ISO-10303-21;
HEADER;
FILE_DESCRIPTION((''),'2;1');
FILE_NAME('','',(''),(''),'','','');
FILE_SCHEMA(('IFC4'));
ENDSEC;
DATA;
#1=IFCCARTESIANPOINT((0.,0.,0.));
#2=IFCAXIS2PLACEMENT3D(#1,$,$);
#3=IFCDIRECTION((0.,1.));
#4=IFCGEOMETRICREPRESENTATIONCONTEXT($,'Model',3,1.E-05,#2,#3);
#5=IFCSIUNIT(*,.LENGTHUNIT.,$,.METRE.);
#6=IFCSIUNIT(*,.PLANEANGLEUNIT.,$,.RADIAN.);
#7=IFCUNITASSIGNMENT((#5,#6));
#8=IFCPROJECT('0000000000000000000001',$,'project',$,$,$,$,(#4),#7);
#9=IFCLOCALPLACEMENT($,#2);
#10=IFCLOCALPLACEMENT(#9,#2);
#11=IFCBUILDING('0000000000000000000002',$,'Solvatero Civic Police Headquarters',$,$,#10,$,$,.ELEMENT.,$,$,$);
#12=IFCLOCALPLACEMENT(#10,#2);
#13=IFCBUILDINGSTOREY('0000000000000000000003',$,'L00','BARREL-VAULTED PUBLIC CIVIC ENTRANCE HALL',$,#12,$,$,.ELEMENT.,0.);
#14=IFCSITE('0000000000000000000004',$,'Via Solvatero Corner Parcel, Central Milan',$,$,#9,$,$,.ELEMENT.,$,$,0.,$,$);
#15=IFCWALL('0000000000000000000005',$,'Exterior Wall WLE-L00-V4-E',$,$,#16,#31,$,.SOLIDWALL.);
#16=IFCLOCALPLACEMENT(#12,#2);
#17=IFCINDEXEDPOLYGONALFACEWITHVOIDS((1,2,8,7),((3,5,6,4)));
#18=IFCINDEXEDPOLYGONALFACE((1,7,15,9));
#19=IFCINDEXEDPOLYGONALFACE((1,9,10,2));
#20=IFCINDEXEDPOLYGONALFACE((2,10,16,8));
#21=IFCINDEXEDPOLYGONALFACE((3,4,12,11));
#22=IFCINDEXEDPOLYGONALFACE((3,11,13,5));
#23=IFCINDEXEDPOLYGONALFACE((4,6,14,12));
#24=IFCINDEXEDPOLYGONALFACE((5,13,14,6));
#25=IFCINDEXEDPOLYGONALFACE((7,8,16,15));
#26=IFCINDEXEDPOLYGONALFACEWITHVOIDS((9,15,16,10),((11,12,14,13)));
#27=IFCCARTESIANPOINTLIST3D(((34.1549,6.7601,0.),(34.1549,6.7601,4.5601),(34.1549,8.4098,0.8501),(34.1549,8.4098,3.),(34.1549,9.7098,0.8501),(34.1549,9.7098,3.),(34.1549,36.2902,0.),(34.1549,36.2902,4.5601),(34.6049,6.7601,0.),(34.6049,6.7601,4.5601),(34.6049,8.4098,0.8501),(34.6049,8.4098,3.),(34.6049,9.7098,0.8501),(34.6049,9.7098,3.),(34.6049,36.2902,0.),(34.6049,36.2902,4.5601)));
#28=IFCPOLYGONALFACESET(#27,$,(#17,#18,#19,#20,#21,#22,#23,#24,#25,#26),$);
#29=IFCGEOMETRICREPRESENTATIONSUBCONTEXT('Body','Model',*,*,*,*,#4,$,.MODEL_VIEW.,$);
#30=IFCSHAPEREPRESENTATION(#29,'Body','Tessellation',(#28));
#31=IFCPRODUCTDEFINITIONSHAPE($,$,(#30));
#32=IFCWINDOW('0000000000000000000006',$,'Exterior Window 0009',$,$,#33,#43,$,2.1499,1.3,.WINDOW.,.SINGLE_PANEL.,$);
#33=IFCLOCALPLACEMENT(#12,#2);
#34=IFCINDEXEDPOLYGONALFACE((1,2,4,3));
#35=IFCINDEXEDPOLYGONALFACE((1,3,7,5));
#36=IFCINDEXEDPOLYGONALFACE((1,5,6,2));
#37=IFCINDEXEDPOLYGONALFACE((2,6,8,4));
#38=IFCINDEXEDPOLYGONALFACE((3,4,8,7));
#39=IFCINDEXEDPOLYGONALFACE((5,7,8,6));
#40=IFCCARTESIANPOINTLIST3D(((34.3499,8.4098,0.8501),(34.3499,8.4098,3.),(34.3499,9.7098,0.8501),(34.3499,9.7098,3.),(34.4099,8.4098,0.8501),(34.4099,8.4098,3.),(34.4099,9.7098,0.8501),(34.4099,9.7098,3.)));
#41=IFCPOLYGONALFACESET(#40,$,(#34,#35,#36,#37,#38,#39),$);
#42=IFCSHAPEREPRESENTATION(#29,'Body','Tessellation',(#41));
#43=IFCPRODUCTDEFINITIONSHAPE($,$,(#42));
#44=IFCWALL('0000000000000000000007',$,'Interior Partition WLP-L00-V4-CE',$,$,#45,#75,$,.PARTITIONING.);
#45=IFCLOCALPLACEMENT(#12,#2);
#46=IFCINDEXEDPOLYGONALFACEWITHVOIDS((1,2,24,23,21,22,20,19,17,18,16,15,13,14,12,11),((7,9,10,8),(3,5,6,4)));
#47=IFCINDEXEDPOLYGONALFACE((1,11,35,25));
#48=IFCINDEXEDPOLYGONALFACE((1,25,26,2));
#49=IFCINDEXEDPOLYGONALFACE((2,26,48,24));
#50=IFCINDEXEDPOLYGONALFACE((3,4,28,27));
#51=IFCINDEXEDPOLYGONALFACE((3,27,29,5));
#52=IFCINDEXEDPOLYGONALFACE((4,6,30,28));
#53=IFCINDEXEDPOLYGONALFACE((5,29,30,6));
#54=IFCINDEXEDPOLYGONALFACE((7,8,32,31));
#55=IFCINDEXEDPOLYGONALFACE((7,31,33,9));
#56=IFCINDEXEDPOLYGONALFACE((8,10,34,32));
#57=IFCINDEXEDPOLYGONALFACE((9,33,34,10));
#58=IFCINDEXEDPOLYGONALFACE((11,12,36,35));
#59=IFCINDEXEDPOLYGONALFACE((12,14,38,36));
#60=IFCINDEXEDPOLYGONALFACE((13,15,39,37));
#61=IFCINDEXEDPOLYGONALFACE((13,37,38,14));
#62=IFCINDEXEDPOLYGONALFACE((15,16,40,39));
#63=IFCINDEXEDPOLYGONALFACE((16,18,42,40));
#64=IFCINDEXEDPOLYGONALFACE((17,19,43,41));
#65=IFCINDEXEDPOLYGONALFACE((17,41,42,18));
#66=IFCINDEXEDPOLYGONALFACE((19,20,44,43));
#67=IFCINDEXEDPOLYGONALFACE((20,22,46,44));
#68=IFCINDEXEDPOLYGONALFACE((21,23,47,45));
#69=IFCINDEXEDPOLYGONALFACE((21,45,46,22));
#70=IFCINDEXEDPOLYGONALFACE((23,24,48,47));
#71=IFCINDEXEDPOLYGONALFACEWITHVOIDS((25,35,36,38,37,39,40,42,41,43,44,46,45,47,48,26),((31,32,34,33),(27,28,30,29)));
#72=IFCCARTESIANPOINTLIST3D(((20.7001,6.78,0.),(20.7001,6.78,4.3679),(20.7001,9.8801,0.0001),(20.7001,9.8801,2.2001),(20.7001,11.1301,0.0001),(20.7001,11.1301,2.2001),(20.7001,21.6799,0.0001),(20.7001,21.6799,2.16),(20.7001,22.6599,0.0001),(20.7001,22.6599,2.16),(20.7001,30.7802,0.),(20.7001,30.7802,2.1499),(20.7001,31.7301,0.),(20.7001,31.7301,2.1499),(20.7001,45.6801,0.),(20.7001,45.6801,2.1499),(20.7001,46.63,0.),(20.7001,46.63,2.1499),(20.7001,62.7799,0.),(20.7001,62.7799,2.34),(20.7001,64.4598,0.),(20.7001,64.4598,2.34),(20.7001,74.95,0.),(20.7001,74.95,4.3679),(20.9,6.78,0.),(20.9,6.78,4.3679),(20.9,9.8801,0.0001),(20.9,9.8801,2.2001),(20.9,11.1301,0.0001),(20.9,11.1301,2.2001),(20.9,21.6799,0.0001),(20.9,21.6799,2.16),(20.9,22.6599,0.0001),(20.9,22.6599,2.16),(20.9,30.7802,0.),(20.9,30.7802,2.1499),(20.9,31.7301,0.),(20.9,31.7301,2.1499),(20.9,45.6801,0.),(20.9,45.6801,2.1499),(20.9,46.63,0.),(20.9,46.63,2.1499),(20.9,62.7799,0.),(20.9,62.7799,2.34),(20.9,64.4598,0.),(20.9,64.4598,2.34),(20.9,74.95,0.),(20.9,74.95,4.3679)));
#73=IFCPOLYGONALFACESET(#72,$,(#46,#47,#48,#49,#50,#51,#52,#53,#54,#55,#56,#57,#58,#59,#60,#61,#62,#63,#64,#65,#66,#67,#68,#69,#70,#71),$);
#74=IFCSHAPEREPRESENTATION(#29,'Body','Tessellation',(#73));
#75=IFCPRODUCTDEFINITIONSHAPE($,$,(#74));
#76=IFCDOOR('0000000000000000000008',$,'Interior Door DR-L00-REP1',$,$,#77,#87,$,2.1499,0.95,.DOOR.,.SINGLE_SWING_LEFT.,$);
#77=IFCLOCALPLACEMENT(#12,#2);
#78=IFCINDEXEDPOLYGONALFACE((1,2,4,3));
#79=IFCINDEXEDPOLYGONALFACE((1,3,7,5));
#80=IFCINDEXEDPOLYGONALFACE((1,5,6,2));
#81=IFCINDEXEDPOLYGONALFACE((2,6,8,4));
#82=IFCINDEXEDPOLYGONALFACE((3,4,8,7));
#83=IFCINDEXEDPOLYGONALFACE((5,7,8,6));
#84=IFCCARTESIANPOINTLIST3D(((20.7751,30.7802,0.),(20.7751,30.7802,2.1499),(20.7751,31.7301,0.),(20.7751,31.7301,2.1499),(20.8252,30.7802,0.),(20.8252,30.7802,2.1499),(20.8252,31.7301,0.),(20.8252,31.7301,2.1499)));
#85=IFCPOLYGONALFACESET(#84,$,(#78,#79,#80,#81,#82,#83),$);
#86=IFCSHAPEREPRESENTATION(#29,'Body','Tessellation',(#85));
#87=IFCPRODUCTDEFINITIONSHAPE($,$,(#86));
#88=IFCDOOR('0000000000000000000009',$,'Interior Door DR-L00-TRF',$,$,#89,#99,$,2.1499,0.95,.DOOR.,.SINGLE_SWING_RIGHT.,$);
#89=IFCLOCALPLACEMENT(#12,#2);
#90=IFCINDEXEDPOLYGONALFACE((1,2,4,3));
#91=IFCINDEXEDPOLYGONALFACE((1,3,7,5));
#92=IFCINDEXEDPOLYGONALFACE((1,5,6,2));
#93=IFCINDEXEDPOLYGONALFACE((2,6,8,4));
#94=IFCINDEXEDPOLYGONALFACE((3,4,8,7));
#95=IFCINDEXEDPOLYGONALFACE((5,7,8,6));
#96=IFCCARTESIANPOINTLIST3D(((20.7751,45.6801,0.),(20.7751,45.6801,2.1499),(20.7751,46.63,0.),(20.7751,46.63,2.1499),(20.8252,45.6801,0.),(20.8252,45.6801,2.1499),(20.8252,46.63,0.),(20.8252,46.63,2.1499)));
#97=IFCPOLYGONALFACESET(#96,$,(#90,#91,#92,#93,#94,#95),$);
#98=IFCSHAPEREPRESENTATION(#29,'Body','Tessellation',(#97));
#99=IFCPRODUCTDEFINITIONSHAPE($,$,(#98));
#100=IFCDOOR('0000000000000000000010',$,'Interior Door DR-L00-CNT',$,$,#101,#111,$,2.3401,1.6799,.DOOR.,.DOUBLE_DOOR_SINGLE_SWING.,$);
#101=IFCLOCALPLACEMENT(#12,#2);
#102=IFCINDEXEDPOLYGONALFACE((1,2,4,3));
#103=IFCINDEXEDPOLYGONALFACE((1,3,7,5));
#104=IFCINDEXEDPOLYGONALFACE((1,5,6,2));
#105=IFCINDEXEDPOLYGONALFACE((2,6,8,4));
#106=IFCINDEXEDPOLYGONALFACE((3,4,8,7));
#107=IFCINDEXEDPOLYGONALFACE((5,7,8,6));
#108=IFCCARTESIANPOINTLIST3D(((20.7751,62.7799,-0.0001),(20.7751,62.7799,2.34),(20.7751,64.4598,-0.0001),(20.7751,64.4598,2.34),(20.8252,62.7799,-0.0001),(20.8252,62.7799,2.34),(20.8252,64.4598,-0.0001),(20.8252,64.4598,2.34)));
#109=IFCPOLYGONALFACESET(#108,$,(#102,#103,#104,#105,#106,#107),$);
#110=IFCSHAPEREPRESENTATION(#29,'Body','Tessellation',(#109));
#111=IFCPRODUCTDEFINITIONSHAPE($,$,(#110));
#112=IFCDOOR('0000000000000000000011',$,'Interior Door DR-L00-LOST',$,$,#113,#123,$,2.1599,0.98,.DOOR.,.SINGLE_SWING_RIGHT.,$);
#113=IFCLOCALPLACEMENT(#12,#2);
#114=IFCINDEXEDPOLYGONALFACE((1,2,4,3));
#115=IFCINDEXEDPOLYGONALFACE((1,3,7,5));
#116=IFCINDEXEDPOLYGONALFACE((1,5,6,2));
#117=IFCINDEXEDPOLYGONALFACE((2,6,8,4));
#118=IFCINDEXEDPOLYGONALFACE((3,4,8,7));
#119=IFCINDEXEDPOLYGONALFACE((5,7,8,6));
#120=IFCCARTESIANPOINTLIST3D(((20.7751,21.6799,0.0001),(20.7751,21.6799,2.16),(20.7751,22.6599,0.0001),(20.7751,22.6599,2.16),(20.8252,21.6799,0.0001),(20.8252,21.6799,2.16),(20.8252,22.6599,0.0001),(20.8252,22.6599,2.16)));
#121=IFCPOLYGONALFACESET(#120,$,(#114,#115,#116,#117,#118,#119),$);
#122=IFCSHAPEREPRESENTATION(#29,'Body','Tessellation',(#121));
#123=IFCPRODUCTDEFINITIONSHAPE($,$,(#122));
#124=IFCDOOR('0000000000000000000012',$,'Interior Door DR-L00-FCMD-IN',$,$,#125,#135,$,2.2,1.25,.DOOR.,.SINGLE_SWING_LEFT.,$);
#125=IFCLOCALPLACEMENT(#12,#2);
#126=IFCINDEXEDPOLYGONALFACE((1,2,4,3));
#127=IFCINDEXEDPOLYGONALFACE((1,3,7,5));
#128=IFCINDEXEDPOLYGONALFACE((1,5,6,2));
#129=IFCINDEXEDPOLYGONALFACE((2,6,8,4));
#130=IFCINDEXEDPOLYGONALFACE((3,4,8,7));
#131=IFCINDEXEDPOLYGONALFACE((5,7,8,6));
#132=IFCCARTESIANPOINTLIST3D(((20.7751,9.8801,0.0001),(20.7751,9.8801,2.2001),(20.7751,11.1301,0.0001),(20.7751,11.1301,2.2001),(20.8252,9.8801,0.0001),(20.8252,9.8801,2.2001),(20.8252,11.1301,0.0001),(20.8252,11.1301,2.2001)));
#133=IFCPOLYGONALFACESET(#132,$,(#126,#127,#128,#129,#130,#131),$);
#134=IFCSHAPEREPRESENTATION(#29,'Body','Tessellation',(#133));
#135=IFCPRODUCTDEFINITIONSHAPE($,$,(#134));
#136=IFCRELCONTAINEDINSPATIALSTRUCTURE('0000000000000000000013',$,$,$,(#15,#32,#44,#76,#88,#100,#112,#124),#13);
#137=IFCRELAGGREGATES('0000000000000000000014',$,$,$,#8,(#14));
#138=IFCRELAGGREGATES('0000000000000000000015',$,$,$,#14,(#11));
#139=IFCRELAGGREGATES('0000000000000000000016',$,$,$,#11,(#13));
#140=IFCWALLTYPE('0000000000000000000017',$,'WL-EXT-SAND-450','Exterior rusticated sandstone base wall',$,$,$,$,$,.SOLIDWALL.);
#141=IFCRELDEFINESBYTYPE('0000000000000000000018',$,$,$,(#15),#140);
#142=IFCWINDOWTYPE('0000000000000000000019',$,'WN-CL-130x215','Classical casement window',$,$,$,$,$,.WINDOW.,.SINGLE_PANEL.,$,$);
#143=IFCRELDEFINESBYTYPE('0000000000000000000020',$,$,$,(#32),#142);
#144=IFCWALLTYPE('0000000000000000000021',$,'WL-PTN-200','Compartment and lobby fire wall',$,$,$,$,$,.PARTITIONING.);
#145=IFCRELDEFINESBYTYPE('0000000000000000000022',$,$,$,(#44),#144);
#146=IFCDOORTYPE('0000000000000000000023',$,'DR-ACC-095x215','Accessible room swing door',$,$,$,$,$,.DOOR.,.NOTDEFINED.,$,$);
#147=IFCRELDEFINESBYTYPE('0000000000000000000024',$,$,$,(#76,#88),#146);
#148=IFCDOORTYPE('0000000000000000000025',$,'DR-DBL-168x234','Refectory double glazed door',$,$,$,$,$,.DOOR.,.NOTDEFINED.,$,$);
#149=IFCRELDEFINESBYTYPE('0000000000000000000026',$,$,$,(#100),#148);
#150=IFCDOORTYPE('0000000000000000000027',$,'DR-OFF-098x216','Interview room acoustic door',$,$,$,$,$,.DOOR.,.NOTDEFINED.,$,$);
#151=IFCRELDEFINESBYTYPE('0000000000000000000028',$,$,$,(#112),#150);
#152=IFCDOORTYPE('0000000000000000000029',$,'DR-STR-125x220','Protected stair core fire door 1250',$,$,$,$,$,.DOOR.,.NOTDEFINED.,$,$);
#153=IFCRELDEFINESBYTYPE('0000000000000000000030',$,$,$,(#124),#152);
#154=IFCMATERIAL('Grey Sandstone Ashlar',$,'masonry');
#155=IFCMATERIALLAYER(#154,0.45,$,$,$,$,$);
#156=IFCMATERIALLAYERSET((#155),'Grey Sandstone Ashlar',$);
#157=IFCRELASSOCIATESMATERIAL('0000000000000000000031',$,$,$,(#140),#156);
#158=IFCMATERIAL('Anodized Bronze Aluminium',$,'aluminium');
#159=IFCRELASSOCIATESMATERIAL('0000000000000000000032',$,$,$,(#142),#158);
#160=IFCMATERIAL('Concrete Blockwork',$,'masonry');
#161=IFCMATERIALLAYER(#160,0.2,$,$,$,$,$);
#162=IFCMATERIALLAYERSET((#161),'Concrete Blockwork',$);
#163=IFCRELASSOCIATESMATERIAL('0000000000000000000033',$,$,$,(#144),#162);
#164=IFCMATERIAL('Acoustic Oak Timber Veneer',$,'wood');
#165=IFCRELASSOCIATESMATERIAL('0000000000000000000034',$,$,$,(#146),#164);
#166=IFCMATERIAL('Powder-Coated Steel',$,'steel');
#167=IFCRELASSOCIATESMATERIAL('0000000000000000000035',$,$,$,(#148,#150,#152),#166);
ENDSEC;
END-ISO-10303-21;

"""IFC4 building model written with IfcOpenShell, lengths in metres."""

from ifc_helpers import new_model, si_unit, direction, frame, frame_2d, origin, place, context, subcontext, project, spatial, rectangle, extrude, material, layer, layer_set, type_object, element, fill, save


model = new_model("IFC4")

# Units and contexts
model_context = context("Model", 3, precision=1e-05, world=origin(), true_north=direction((0.0, 1.0)))
body_context = subcontext(model_context, "Body", "Model", "MODEL_VIEW")
ifc_project = project(units=[si_unit("LENGTHUNIT", "METRE"), si_unit("PLANEANGLEUNIT", "RADIAN")], contexts=[model_context])

# Site, building, storey
site_placement = place(None, origin())
site = spatial("IfcSite", under=ifc_project, at=site_placement, Name="Via Solvatero Corner Parcel, Central Milan", CompositionType="ELEMENT", RefElevation=0.0)
building_placement = place(site_placement, origin())
building = spatial("IfcBuilding", under=site, at=building_placement, Name="Solvatero Civic Police Headquarters", CompositionType="ELEMENT")
storey_placement = place(building_placement, origin())
storey = spatial("IfcBuildingStorey", under=building, at=storey_placement, Name="L00", Description="BARREL-VAULTED PUBLIC CIVIC ENTRANCE HALL", CompositionType="ELEMENT", Elevation=0.0)

# Wall, opening, window
ifc_material_1 = material(Name="Grey Sandstone Ashlar", Category="masonry")
ifc_layer_1 = layer(ifc_material_1, 0.45)
ifc_layer_set_1 = layer_set([ifc_layer_1], Name="Grey Sandstone Ashlar")
wall_type_1 = type_object("IfcWallType", Name="WL-EXT-SAND-450", Description="Exterior rusticated sandstone base wall", PredefinedType="SOLIDWALL", material=ifc_layer_set_1)
wall_1_placement = place(storey_placement, frame((34.3799, 6.76, 0.0), z_axis=(0.0, 0.0, 1.0), x_axis=(0.0, 1.0, 0.0)))
wall_1 = element("IfcWall", 1, at=wall_1_placement, inside=storey, type_object=wall_type_1, Name="Exterior Wall WLE-L00-V4-E", PredefinedType="SOLIDWALL", context=body_context, shape_type="SweptSolid", body=[
    extrude(rectangle(XDim=29.53, YDim=0.45, at=frame_2d((14.7651, 0.0))), origin(), (0.0, 0.0, 1.0), 4.5601),
])
opening_1_placement = place(wall_1_placement, frame((1.6499, 0.0, 0.8501)))
opening_1 = element("IfcOpeningElement", 2, at=opening_1_placement, cuts=wall_1, PredefinedType="OPENING", context=body_context, shape_type="SweptSolid", body=[
    extrude(rectangle(XDim=1.3, YDim=2.1499, at=frame_2d((0.6499, 1.075))), frame((0.0, 0.2349, 0.0), z_axis=(0.0, -1.0, 0.0), x_axis=(1.0, 0.0, 0.0)), (0.0, 0.0, 1.0), 0.47),
])
ifc_material_2 = material(Name="Anodized Bronze Aluminium", Category="aluminium")
window_type = type_object("IfcWindowType", Name="WN-CL-130x215", Description="Classical casement window", PartitioningType="SINGLE_PANEL", PredefinedType="WINDOW", material=ifc_material_2)
window_placement = place(opening_1_placement, origin())
window = element("IfcWindow", 3, at=window_placement, inside=storey, type_object=window_type, Name="Exterior Window 0009", OverallHeight=2.1499, OverallWidth=1.3, PartitioningType="SINGLE_PANEL", PredefinedType="WINDOW", context=body_context, shape_type="SweptSolid", body=[
    extrude(rectangle(XDim=1.3, YDim=2.1499, at=frame_2d((0.6499, 1.075))), frame((0.0, 0.03, 0.0), z_axis=(0.0, -1.0, 0.0), x_axis=(1.0, 0.0, 0.0)), (0.0, 0.0, 1.0), 0.0601),
])
fill(opening_1, window)

# Wall, openings, doors
ifc_material_3 = material(Name="Concrete Blockwork", Category="masonry")
ifc_layer_2 = layer(ifc_material_3, 0.2)
ifc_layer_set_2 = layer_set([ifc_layer_2], Name="Concrete Blockwork")
wall_type_2 = type_object("IfcWallType", Name="WL-PTN-200", Description="Compartment and lobby fire wall", PredefinedType="PARTITIONING", material=ifc_layer_set_2)
wall_2_placement = place(storey_placement, frame((20.8, 6.78, 0.0), z_axis=(0.0, 0.0, 1.0), x_axis=(0.0, 1.0, 0.0)))
wall_2 = element("IfcWall", 4, at=wall_2_placement, inside=storey, type_object=wall_type_2, Name="Interior Partition WLP-L00-V4-CE", PredefinedType="PARTITIONING", context=body_context, shape_type="SweptSolid", body=[
    extrude(rectangle(XDim=68.1699, YDim=0.2, at=frame_2d((34.085, 0.0))), origin(), (0.0, 0.0, 1.0), 4.3679),
])
opening_2_placement = place(wall_2_placement, frame((3.1001, 0.0, 0.0)))
opening_2 = element("IfcOpeningElement", 5, at=opening_2_placement, cuts=wall_2, PredefinedType="OPENING", context=body_context, shape_type="SweptSolid", body=[
    extrude(rectangle(XDim=1.25, YDim=2.2, at=frame_2d((0.625, 1.1001))), frame((0.0, 0.1099, 0.0), z_axis=(0.0, -1.0, 0.0), x_axis=(1.0, 0.0, 0.0)), (0.0, 0.0, 1.0), 0.22),
])
opening_3_placement = place(wall_2_placement, frame((14.8999, 0.0, 0.0)))
opening_3 = element("IfcOpeningElement", 6, at=opening_3_placement, cuts=wall_2, PredefinedType="OPENING", context=body_context, shape_type="SweptSolid", body=[
    extrude(rectangle(XDim=0.98, YDim=2.1599, at=frame_2d((0.49, 1.0801))), frame((0.0, 0.1099, 0.0), z_axis=(0.0, -1.0, 0.0), x_axis=(1.0, 0.0, 0.0)), (0.0, 0.0, 1.0), 0.22),
])
opening_4_placement = place(wall_2_placement, frame((24.0, 0.0, 0.0)))
opening_4 = element("IfcOpeningElement", 7, at=opening_4_placement, cuts=wall_2, PredefinedType="OPENING", context=body_context, shape_type="SweptSolid", body=[
    extrude(rectangle(XDim=0.95, YDim=2.1499, at=frame_2d((0.4751, 1.075))), frame((0.0, 0.1099, 0.0), z_axis=(0.0, -1.0, 0.0), x_axis=(1.0, 0.0, 0.0)), (0.0, 0.0, 1.0), 0.22),
])
opening_5_placement = place(wall_2_placement, frame((38.8999, 0.0, 0.0)))
opening_5 = element("IfcOpeningElement", 8, at=opening_5_placement, cuts=wall_2, PredefinedType="OPENING", context=body_context, shape_type="SweptSolid", body=[
    extrude(rectangle(XDim=0.95, YDim=2.1499, at=frame_2d((0.4751, 1.075))), frame((0.0, 0.1099, 0.0), z_axis=(0.0, -1.0, 0.0), x_axis=(1.0, 0.0, 0.0)), (0.0, 0.0, 1.0), 0.22),
])
opening_6_placement = place(wall_2_placement, frame((56.0, 0.0, 0.0)))
opening_6 = element("IfcOpeningElement", 9, at=opening_6_placement, cuts=wall_2, PredefinedType="OPENING", context=body_context, shape_type="SweptSolid", body=[
    extrude(rectangle(XDim=1.6799, YDim=2.3401, at=frame_2d((0.8398, 1.1699))), frame((0.0, 0.1099, 0.0), z_axis=(0.0, -1.0, 0.0), x_axis=(1.0, 0.0, 0.0)), (0.0, 0.0, 1.0), 0.22),
])
ifc_material_4 = material(Name="Acoustic Oak Timber Veneer", Category="wood")
door_type_1 = type_object("IfcDoorType", Name="DR-ACC-095x215", Description="Accessible room swing door", OperationType="NOTDEFINED", PredefinedType="DOOR", material=ifc_material_4)
door_1_placement = place(opening_4_placement, origin())
door_1 = element("IfcDoor", 10, at=door_1_placement, inside=storey, type_object=door_type_1, Name="Interior Door DR-L00-REP1", OperationType="SINGLE_SWING_LEFT", OverallHeight=2.1499, OverallWidth=0.95, PredefinedType="DOOR", context=body_context, shape_type="SweptSolid", body=[
    extrude(rectangle(XDim=0.95, YDim=2.1499, at=frame_2d((0.4751, 1.075))), frame((0.0, 0.0249, 0.0), z_axis=(0.0, -1.0, 0.0), x_axis=(1.0, 0.0, 0.0)), (0.0, 0.0, 1.0), 0.05),
])
fill(opening_4, door_1)
door_2_placement = place(opening_5_placement, origin())
door_2 = element("IfcDoor", 11, at=door_2_placement, inside=storey, type_object=door_type_1, Name="Interior Door DR-L00-TRF", OperationType="SINGLE_SWING_RIGHT", OverallHeight=2.1499, OverallWidth=0.95, PredefinedType="DOOR", context=body_context, shape_type="SweptSolid", body=[
    extrude(rectangle(XDim=0.95, YDim=2.1499, at=frame_2d((0.4751, 1.075))), frame((0.0, 0.0249, 0.0), z_axis=(0.0, -1.0, 0.0), x_axis=(1.0, 0.0, 0.0)), (0.0, 0.0, 1.0), 0.05),
])
fill(opening_5, door_2)
ifc_material_5 = material(Name="Powder-Coated Steel", Category="steel")
door_type_2 = type_object("IfcDoorType", Name="DR-DBL-168x234", Description="Refectory double glazed door", OperationType="NOTDEFINED", PredefinedType="DOOR", material=ifc_material_5)
door_3_placement = place(opening_6_placement, origin())
door_3 = element("IfcDoor", 12, at=door_3_placement, inside=storey, type_object=door_type_2, Name="Interior Door DR-L00-CNT", OperationType="DOUBLE_DOOR_SINGLE_SWING", OverallHeight=2.3401, OverallWidth=1.6799, PredefinedType="DOOR", context=body_context, shape_type="SweptSolid", body=[
    extrude(rectangle(XDim=1.6799, YDim=2.3401, at=frame_2d((0.8398, 1.1699))), frame((0.0, 0.0249, 0.0), z_axis=(0.0, -1.0, 0.0), x_axis=(1.0, 0.0, 0.0)), (0.0, 0.0, 1.0), 0.05),
])
fill(opening_6, door_3)
door_type_3 = type_object("IfcDoorType", Name="DR-OFF-098x216", Description="Interview room acoustic door", OperationType="NOTDEFINED", PredefinedType="DOOR", material=ifc_material_5)
door_4_placement = place(opening_3_placement, origin())
door_4 = element("IfcDoor", 13, at=door_4_placement, inside=storey, type_object=door_type_3, Name="Interior Door DR-L00-LOST", OperationType="SINGLE_SWING_RIGHT", OverallHeight=2.1599, OverallWidth=0.98, PredefinedType="DOOR", context=body_context, shape_type="SweptSolid", body=[
    extrude(rectangle(XDim=0.98, YDim=2.1599, at=frame_2d((0.49, 1.0801))), frame((0.0, 0.0249, 0.0), z_axis=(0.0, -1.0, 0.0), x_axis=(1.0, 0.0, 0.0)), (0.0, 0.0, 1.0), 0.05),
])
fill(opening_3, door_4)
door_type_4 = type_object("IfcDoorType", Name="DR-STR-125x220", Description="Protected stair core fire door 1250", OperationType="NOTDEFINED", PredefinedType="DOOR", material=ifc_material_5)
door_5_placement = place(opening_2_placement, origin())
door_5 = element("IfcDoor", 14, at=door_5_placement, inside=storey, type_object=door_type_4, Name="Interior Door DR-L00-FCMD-IN", OperationType="SINGLE_SWING_LEFT", OverallHeight=2.2, OverallWidth=1.25, PredefinedType="DOOR", context=body_context, shape_type="SweptSolid", body=[
    extrude(rectangle(XDim=1.25, YDim=2.2, at=frame_2d((0.625, 1.1001))), frame((0.0, 0.0249, 0.0), z_axis=(0.0, -1.0, 0.0), x_axis=(1.0, 0.0, 0.0)), (0.0, 0.0, 1.0), 0.05),
])
fill(opening_2, door_5)

save(model, "model.ifc")
